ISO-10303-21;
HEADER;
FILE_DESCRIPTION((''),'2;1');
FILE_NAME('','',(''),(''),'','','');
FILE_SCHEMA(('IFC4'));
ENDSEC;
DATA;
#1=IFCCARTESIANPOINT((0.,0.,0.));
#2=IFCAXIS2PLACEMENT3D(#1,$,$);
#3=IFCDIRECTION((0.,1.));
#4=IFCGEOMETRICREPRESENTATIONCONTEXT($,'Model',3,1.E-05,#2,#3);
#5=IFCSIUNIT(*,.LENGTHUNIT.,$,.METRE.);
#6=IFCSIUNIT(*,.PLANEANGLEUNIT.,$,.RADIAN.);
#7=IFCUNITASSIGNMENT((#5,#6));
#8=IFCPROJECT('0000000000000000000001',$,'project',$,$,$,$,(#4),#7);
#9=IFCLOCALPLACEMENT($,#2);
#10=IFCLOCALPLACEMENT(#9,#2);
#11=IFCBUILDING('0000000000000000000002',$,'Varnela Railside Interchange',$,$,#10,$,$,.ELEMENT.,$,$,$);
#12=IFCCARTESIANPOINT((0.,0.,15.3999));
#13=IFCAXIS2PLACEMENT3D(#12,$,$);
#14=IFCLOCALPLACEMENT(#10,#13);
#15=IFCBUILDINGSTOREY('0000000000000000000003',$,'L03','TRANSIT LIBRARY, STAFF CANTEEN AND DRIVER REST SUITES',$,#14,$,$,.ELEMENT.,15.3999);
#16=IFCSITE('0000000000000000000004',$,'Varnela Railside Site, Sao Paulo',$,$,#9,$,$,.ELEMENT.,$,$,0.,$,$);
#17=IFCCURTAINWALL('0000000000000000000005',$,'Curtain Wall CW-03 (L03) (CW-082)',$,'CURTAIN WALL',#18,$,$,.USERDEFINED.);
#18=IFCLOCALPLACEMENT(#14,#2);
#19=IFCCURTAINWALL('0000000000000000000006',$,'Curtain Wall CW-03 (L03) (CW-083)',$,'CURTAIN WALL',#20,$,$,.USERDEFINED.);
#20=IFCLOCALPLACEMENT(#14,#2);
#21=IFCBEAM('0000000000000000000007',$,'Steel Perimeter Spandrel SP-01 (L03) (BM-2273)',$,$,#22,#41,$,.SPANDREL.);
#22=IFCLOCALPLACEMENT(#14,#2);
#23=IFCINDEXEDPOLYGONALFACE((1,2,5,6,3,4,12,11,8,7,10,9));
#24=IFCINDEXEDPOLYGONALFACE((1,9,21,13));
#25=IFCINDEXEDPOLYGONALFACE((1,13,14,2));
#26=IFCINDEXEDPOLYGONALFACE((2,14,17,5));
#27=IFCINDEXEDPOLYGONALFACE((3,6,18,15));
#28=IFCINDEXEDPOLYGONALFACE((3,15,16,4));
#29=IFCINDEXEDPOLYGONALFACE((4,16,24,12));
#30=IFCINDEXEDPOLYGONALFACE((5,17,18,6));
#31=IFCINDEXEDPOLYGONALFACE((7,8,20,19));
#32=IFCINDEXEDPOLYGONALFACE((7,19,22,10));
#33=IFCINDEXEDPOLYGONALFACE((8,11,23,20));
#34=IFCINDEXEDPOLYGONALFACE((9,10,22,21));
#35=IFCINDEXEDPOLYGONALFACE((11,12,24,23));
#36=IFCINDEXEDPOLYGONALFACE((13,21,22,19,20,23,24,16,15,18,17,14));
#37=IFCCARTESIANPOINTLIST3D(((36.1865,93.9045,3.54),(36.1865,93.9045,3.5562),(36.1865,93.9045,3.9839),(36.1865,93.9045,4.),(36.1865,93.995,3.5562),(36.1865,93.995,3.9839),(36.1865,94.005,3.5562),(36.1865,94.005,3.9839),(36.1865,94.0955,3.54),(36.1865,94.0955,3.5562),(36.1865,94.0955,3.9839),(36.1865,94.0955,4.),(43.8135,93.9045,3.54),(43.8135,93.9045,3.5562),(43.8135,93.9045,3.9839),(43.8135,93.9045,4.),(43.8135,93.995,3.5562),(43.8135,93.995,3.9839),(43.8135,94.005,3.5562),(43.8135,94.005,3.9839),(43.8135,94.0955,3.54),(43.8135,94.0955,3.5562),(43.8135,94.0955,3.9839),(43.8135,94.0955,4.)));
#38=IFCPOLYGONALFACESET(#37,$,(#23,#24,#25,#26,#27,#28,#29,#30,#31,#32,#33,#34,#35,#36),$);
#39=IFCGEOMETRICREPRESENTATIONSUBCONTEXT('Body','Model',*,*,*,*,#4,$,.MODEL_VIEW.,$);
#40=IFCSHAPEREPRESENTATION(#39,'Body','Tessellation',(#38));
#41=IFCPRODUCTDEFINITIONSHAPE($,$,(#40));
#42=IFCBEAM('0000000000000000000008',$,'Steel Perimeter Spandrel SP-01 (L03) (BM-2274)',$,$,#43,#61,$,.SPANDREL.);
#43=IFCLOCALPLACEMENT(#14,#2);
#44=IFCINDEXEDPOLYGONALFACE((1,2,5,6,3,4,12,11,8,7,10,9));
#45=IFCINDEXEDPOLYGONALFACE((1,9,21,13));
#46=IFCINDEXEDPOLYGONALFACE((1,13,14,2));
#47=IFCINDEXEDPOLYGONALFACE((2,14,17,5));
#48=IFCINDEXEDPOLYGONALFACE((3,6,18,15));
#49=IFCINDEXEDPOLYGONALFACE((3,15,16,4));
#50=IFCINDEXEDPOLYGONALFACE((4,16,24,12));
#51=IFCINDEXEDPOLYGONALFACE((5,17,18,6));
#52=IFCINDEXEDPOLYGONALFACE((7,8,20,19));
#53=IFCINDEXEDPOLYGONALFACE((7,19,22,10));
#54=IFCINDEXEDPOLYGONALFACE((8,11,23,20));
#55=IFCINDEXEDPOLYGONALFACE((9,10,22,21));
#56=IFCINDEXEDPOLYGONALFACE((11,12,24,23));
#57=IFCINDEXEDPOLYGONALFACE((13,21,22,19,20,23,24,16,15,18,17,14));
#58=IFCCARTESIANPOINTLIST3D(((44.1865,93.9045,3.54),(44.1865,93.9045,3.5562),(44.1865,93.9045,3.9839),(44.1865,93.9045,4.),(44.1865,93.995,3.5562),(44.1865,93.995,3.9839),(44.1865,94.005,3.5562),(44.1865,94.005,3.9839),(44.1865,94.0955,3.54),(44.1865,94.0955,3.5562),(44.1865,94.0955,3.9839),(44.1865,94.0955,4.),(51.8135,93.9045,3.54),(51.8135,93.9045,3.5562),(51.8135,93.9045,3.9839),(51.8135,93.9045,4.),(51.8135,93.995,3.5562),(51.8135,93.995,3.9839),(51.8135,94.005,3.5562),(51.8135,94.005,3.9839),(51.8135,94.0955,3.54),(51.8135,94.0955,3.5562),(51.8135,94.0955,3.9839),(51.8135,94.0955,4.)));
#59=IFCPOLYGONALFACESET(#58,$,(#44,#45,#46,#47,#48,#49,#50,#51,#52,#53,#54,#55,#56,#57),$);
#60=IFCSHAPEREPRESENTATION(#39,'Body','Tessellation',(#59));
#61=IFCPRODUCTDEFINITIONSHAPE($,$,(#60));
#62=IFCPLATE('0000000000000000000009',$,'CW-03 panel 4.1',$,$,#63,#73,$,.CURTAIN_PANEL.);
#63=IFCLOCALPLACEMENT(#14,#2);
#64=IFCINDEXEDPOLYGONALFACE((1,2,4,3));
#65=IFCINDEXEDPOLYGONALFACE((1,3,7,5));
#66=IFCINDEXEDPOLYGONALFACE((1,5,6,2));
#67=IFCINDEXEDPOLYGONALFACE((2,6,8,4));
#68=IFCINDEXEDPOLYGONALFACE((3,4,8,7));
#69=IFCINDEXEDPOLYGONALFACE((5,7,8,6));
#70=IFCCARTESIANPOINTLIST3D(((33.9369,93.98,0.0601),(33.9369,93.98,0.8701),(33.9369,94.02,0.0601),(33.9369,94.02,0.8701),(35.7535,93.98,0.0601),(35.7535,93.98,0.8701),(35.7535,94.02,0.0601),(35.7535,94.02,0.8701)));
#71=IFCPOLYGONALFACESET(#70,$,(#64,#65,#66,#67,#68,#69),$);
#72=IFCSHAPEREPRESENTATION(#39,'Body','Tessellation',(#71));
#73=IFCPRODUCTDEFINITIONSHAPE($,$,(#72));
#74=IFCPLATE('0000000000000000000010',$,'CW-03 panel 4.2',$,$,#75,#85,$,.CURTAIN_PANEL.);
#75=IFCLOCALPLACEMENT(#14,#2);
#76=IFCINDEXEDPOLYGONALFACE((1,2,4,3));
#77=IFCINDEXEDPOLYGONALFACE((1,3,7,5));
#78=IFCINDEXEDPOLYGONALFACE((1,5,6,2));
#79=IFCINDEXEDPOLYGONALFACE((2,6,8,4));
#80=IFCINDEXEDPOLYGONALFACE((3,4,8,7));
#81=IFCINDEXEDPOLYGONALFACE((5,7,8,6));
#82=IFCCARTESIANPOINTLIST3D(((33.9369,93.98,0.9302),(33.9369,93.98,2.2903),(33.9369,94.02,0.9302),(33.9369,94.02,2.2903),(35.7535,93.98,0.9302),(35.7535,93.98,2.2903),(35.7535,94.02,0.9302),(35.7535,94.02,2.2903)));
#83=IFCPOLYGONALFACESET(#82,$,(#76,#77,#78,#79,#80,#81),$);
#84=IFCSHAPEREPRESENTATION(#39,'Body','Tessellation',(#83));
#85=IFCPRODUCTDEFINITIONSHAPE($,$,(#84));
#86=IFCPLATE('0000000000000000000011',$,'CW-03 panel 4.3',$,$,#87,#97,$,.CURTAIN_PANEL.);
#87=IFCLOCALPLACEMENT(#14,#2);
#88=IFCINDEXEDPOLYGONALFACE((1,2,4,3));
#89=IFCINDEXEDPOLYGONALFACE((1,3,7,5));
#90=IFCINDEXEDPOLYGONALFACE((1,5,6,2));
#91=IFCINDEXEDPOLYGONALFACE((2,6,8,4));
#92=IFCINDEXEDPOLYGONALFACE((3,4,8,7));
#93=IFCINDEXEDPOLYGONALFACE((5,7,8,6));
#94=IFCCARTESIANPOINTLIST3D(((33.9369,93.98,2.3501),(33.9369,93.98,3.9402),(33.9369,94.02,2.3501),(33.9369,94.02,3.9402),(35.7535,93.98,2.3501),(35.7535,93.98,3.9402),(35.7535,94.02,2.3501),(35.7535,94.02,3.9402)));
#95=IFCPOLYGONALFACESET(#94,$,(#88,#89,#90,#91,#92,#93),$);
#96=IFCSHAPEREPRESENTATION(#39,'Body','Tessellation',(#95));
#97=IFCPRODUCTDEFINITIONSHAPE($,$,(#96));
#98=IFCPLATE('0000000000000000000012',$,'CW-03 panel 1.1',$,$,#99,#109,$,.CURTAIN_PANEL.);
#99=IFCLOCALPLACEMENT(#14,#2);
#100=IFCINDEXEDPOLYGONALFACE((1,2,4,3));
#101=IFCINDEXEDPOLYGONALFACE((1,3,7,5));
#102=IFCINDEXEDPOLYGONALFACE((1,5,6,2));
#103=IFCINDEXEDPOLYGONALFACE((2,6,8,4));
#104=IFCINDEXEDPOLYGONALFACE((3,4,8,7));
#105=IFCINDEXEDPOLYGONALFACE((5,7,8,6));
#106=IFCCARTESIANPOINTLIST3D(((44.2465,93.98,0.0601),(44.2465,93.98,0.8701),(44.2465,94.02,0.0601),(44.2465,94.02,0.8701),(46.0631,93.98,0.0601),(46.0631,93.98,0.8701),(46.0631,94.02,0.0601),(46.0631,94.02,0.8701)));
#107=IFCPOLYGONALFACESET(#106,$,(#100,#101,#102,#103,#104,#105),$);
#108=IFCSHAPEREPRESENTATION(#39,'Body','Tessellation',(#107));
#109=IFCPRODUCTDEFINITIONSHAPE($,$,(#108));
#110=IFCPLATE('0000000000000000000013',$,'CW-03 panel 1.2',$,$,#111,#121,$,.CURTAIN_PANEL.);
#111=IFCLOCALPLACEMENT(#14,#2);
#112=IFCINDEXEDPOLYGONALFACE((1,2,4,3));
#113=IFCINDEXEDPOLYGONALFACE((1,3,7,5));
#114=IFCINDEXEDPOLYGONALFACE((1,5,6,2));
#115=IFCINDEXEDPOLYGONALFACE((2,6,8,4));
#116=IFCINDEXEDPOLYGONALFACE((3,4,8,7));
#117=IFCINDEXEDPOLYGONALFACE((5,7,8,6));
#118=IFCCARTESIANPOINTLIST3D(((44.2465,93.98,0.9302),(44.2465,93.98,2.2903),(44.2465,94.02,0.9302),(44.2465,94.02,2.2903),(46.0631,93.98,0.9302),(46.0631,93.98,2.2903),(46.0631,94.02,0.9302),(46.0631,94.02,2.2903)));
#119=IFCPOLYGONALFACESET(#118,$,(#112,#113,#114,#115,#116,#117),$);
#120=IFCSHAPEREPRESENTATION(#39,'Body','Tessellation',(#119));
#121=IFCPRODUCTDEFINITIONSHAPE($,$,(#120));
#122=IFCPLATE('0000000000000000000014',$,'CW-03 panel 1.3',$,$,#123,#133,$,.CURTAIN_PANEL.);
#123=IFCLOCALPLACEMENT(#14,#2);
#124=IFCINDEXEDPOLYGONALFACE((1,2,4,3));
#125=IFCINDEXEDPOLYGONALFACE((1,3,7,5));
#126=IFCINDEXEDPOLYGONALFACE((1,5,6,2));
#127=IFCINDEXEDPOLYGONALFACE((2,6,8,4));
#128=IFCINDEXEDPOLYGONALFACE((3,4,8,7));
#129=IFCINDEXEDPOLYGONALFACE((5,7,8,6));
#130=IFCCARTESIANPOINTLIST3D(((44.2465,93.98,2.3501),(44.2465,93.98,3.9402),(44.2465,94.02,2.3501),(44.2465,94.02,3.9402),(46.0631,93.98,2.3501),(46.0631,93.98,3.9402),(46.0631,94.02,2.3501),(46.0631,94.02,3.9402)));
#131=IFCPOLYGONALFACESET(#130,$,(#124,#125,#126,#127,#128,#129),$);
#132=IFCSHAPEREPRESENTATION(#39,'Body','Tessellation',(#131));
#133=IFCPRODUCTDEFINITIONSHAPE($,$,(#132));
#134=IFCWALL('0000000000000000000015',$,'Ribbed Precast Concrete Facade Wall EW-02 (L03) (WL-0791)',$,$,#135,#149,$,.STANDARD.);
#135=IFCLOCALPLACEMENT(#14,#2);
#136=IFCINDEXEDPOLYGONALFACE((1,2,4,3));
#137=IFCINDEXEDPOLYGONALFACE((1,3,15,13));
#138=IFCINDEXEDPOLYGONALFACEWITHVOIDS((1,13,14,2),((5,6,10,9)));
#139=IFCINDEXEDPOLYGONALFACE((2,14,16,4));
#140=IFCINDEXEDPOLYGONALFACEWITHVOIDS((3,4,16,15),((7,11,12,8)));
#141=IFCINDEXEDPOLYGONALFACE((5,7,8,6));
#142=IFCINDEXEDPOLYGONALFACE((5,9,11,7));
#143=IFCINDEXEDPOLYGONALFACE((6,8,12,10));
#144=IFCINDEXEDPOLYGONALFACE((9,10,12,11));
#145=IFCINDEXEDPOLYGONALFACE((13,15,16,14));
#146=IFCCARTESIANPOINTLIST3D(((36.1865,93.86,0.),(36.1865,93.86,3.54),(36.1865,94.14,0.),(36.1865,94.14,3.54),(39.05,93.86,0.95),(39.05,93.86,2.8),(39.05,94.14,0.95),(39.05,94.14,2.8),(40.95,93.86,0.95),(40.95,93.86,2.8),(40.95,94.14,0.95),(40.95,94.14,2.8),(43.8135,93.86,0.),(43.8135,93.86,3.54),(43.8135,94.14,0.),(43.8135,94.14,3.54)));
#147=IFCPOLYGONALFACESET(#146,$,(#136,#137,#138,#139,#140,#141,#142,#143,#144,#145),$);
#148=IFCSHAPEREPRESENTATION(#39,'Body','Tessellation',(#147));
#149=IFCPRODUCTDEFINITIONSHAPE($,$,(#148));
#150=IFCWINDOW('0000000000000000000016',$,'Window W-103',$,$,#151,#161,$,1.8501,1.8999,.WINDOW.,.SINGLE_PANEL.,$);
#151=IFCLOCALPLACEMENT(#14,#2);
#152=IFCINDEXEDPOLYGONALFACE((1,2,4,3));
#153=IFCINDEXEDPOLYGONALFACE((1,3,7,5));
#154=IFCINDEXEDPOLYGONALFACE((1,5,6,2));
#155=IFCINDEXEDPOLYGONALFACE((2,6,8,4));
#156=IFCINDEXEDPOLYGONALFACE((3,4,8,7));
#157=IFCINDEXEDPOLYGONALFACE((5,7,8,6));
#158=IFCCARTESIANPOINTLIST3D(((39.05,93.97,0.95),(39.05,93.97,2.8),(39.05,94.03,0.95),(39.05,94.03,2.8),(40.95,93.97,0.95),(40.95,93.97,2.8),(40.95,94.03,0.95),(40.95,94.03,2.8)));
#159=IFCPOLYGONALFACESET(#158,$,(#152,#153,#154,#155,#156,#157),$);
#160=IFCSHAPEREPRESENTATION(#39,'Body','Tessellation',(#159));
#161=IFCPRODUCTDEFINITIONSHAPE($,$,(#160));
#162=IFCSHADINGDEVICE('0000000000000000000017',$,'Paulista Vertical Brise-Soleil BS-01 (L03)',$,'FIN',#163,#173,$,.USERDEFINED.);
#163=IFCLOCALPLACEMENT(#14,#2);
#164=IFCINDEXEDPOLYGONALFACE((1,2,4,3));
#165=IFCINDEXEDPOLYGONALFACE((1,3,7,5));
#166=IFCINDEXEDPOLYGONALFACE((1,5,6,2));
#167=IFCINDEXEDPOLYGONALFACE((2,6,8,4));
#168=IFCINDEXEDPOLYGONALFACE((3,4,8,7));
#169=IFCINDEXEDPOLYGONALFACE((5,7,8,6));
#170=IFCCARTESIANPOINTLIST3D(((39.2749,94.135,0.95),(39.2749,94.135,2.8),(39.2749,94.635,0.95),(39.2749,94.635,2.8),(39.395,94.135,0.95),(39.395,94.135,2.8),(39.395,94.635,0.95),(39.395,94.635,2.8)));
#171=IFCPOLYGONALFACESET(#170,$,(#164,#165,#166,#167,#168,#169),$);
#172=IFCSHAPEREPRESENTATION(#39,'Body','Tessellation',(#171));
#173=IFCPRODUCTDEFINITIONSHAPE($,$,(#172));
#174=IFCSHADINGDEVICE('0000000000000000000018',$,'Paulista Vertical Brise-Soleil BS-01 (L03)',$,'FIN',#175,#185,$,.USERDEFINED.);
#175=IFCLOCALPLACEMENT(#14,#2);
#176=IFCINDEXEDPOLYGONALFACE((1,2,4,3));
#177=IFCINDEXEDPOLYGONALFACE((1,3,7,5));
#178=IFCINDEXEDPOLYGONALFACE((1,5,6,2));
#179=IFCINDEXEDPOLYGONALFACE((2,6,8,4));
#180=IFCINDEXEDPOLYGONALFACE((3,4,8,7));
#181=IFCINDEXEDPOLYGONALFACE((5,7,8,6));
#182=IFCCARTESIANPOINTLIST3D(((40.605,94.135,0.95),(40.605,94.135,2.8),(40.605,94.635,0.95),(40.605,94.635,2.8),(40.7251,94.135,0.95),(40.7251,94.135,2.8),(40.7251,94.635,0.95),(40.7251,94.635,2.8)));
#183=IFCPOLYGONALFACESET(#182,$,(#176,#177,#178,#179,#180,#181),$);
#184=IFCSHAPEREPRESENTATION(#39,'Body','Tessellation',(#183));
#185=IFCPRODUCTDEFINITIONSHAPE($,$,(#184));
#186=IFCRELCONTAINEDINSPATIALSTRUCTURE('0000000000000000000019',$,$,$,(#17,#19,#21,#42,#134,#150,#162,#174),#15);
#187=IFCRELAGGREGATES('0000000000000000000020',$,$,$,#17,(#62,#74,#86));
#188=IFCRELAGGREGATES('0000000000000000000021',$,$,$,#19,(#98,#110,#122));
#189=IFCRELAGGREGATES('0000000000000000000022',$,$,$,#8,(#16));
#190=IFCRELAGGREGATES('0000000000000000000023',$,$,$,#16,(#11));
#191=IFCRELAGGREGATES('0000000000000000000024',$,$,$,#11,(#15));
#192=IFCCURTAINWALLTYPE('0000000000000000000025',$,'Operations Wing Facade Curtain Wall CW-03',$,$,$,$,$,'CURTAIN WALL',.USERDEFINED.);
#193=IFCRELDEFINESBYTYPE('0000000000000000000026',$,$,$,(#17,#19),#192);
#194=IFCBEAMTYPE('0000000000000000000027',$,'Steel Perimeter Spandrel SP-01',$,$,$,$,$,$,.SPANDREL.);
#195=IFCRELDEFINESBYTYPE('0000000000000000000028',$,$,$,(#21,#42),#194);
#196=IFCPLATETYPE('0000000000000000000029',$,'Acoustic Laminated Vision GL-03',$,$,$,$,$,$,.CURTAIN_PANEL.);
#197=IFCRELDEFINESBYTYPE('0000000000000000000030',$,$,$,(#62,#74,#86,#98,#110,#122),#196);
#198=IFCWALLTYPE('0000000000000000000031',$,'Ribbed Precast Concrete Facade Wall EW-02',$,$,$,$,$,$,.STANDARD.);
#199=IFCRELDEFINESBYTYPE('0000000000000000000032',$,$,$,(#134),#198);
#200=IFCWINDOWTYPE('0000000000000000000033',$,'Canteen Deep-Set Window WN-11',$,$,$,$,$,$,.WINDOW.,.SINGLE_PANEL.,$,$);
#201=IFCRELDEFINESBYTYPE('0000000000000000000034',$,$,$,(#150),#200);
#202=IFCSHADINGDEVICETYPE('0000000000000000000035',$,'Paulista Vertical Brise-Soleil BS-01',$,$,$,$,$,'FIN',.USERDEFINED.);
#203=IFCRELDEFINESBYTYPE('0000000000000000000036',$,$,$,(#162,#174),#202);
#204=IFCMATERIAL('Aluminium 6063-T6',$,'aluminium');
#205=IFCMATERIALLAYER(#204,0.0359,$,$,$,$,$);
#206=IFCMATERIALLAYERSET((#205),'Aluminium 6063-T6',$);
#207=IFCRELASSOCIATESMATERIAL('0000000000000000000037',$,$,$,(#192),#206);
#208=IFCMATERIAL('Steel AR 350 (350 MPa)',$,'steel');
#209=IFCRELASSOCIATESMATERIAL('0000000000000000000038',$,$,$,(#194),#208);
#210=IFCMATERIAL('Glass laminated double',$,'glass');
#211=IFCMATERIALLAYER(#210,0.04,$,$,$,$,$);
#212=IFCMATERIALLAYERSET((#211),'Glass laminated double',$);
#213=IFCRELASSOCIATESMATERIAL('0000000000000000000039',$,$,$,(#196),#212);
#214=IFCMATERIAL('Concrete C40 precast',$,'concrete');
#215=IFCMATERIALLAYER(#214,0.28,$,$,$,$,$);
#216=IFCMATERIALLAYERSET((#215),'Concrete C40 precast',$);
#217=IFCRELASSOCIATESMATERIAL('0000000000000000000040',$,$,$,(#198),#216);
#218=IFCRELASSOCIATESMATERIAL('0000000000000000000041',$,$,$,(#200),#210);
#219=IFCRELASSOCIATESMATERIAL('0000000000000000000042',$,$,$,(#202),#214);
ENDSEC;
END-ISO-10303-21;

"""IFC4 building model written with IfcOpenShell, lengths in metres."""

from ifc_helpers import new_model, si_unit, direction, frame, frame_2d, origin, origin_2d, place, context, subcontext, project, spatial, rectangle, i_section, extrude, material, layer, layer_set, material_profile, profile_set, type_object, element, fill, aggregate, save


model = new_model("IFC4")

# Units and contexts
model_context = context("Model", 3, precision=1e-05, world=origin(), true_north=direction((0.0, 1.0)))
body_context = subcontext(model_context, "Body", "Model", "MODEL_VIEW")
ifc_project = project(units=[si_unit("LENGTHUNIT", "METRE"), si_unit("PLANEANGLEUNIT", "RADIAN")], contexts=[model_context])

# Site, building, storey
site_placement = place(None, origin())
site = spatial("IfcSite", under=ifc_project, at=site_placement, Name="Varnela Railside Site, Sao Paulo", CompositionType="ELEMENT", RefElevation=0.0)
building_placement = place(site_placement, origin())
building = spatial("IfcBuilding", under=site, at=building_placement, Name="Varnela Railside Interchange", CompositionType="ELEMENT")
storey_placement = place(building_placement, frame((0.0, 0.0, 15.3999)))
storey = spatial("IfcBuildingStorey", under=building, at=storey_placement, Name="L03", Description="TRANSIT LIBRARY, STAFF CANTEEN AND DRIVER REST SUITES", CompositionType="ELEMENT", Elevation=15.3999)

# Shared definitions
ifc_material_1 = material(Name="Steel AR 350 (350 MPa)", Category="steel")

# Curtain walls
ifc_material_2 = material(Name="Aluminium 6063-T6", Category="aluminium")
ifc_layer_1 = layer(ifc_material_2, 0.0359)
ifc_layer_set_1 = layer_set([ifc_layer_1], Name="Aluminium 6063-T6")
curtain_wall_type = type_object("IfcCurtainWallType", Name="Operations Wing Facade Curtain Wall CW-03", ElementType="CURTAIN WALL", PredefinedType="USERDEFINED", material=ifc_layer_set_1)
curtain_wall_1_placement = place(storey_placement, origin())
curtain_wall_1 = element("IfcCurtainWall", 1, at=curtain_wall_1_placement, inside=storey, type_object=curtain_wall_type, Name="Curtain Wall CW-03 (L03) (CW-082)", ObjectType="CURTAIN WALL", PredefinedType="USERDEFINED")
curtain_wall_2_placement = place(storey_placement, origin())
curtain_wall_2 = element("IfcCurtainWall", 2, at=curtain_wall_2_placement, inside=storey, type_object=curtain_wall_type, Name="Curtain Wall CW-03 (L03) (CW-083)", ObjectType="CURTAIN WALL", PredefinedType="USERDEFINED")

# Beams
ifc_material_profile_1 = material_profile(ifc_material_1, i_section(OverallWidth=0.1909, OverallDepth=0.46, WebThickness=0.01, FlangeThickness=0.0161, at=origin_2d()), Name="W460x82")
ifc_profile_set_1 = profile_set([ifc_material_profile_1], Name="Steel AR 350 (350 MPa)")
beam_type = type_object("IfcBeamType", Name="Steel Perimeter Spandrel SP-01", PredefinedType="SPANDREL", material=ifc_profile_set_1)
for number, where, z_axis, x_axis, name in (
    (3, (36.1865, 94.0, 3.77), (1.0, 0.0, 0.0), (0.0, 1.0, 0.0), "Steel Perimeter Spandrel SP-01 (L03) (BM-2273)"),
    (4, (44.1865, 94.0, 3.77), (1.0, 0.0, 0.0), (0.0, 1.0, 0.0), "Steel Perimeter Spandrel SP-01 (L03) (BM-2274)"),
):
    element("IfcBeam", number, at=place(storey_placement, frame(where, z_axis=z_axis, x_axis=x_axis)), inside=storey, type_object=beam_type, Name=name, PredefinedType="SPANDREL", context=body_context, shape_type="SweptSolid", body=[
        extrude(i_section(OverallWidth=0.1909, OverallDepth=0.46, WebThickness=0.01, FlangeThickness=0.0161, at=origin_2d()), origin(), (0.0, 0.0, 1.0), 7.627),
    ])

# Plates
ifc_material_3 = material(Name="Glass laminated double", Category="glass")
ifc_layer_2 = layer(ifc_material_3, 0.04)
ifc_layer_set_2 = layer_set([ifc_layer_2], Name="Glass laminated double")
plate_type = type_object("IfcPlateType", Name="Acoustic Laminated Vision GL-03", PredefinedType="CURTAIN_PANEL", material=ifc_layer_set_2)
plate_1_placement = place(storey_placement, frame((34.8452, 94.0, 0.0601), z_axis=(0.0, 0.0, 1.0), x_axis=(1.0, 0.0, 0.0)))
plate_1 = element("IfcPlate", 5, at=plate_1_placement, type_object=plate_type, Name="CW-03 panel 4.1", PredefinedType="CURTAIN_PANEL", context=body_context, shape_type="SweptSolid", body=[
    extrude(rectangle(XDim=1.8167, YDim=0.04, at=origin_2d()), origin(), (0.0, 0.0, 1.0), 0.8101),
])
plate_2_placement = place(storey_placement, frame((34.8452, 94.0, 0.9302), z_axis=(0.0, 0.0, 1.0), x_axis=(1.0, 0.0, 0.0)))
plate_2 = element("IfcPlate", 6, at=plate_2_placement, type_object=plate_type, Name="CW-03 panel 4.2", PredefinedType="CURTAIN_PANEL", context=body_context, shape_type="SweptSolid", body=[
    extrude(rectangle(XDim=1.8167, YDim=0.04, at=origin_2d()), origin(), (0.0, 0.0, 1.0), 1.3601),
])
plate_3_placement = place(storey_placement, frame((34.8452, 94.0, 2.3501), z_axis=(0.0, 0.0, 1.0), x_axis=(1.0, 0.0, 0.0)))
plate_3 = element("IfcPlate", 7, at=plate_3_placement, type_object=plate_type, Name="CW-03 panel 4.3", PredefinedType="CURTAIN_PANEL", context=body_context, shape_type="SweptSolid", body=[
    extrude(rectangle(XDim=1.8167, YDim=0.04, at=origin_2d()), origin(), (0.0, 0.0, 1.0), 1.5901),
])
aggregate(curtain_wall_1, [plate_1, plate_2, plate_3])
plate_4_placement = place(storey_placement, frame((45.1548, 94.0, 0.0601), z_axis=(0.0, 0.0, 1.0), x_axis=(1.0, 0.0, 0.0)))
plate_4 = element("IfcPlate", 8, at=plate_4_placement, type_object=plate_type, Name="CW-03 panel 1.1", PredefinedType="CURTAIN_PANEL", context=body_context, shape_type="SweptSolid", body=[
    extrude(rectangle(XDim=1.8167, YDim=0.04, at=origin_2d()), origin(), (0.0, 0.0, 1.0), 0.8101),
])
plate_5_placement = place(storey_placement, frame((45.1548, 94.0, 0.9302), z_axis=(0.0, 0.0, 1.0), x_axis=(1.0, 0.0, 0.0)))
plate_5 = element("IfcPlate", 9, at=plate_5_placement, type_object=plate_type, Name="CW-03 panel 1.2", PredefinedType="CURTAIN_PANEL", context=body_context, shape_type="SweptSolid", body=[
    extrude(rectangle(XDim=1.8167, YDim=0.04, at=origin_2d()), origin(), (0.0, 0.0, 1.0), 1.3601),
])
plate_6_placement = place(storey_placement, frame((45.1548, 94.0, 2.3501), z_axis=(0.0, 0.0, 1.0), x_axis=(1.0, 0.0, 0.0)))
plate_6 = element("IfcPlate", 10, at=plate_6_placement, type_object=plate_type, Name="CW-03 panel 1.3", PredefinedType="CURTAIN_PANEL", context=body_context, shape_type="SweptSolid", body=[
    extrude(rectangle(XDim=1.8167, YDim=0.04, at=origin_2d()), origin(), (0.0, 0.0, 1.0), 1.5901),
])
aggregate(curtain_wall_2, [plate_4, plate_5, plate_6])

# Wall, opening, window
ifc_material_4 = material(Name="Concrete C40 precast", Category="concrete")
ifc_layer_3 = layer(ifc_material_4, 0.28)
ifc_layer_set_3 = layer_set([ifc_layer_3], Name="Concrete C40 precast")
wall_type = type_object("IfcWallType", Name="Ribbed Precast Concrete Facade Wall EW-02", PredefinedType="STANDARD", material=ifc_layer_set_3)
wall_placement = place(storey_placement, frame((36.1865, 94.0, 0.0), z_axis=(0.0, 0.0, 1.0), x_axis=(1.0, 0.0, 0.0)))
wall = element("IfcWall", 11, at=wall_placement, inside=storey, type_object=wall_type, Name="Ribbed Precast Concrete Facade Wall EW-02 (L03) (WL-0791)", PredefinedType="STANDARD", context=body_context, shape_type="SweptSolid", body=[
    extrude(rectangle(XDim=7.627, YDim=0.28, at=frame_2d((3.8135, 0.0))), origin(), (0.0, 0.0, 1.0), 3.54),
])
opening_placement = place(wall_placement, frame((2.8635, 0.0, 0.95)))
opening = element("IfcOpeningElement", 12, at=opening_placement, cuts=wall, PredefinedType="OPENING", context=body_context, shape_type="SweptSolid", body=[
    extrude(rectangle(XDim=1.8999, YDim=1.8501, at=frame_2d((0.95, 0.925))), frame((0.0, 0.1499, 0.0), z_axis=(0.0, -1.0, 0.0), x_axis=(1.0, 0.0, 0.0)), (0.0, 0.0, 1.0), 0.3),
])
window_type = type_object("IfcWindowType", Name="Canteen Deep-Set Window WN-11", PartitioningType="SINGLE_PANEL", PredefinedType="WINDOW", material=ifc_material_3)
window_placement = place(opening_placement, origin())
window = element("IfcWindow", 13, at=window_placement, inside=storey, type_object=window_type, Name="Window W-103", OverallHeight=1.8501, OverallWidth=1.8999, PartitioningType="SINGLE_PANEL", PredefinedType="WINDOW", context=body_context, shape_type="SweptSolid", body=[
    extrude(rectangle(XDim=1.8999, YDim=1.8501, at=frame_2d((0.95, 0.925))), frame((0.0, 0.03, 0.0), z_axis=(0.0, -1.0, 0.0), x_axis=(1.0, 0.0, 0.0)), (0.0, 0.0, 1.0), 0.0601),
])
fill(opening, window)

# Shading devices
shading_device_type = type_object("IfcShadingDeviceType", Name="Paulista Vertical Brise-Soleil BS-01", ElementType="FIN", PredefinedType="USERDEFINED", material=ifc_material_4)
for number, where, z_axis, x_axis, name in (
    (14, (39.335, 94.385, 0.95), (0.0, 0.0, 1.0), (0.0, 1.0, 0.0), "Paulista Vertical Brise-Soleil BS-01 (L03)"),
    (15, (40.665, 94.385, 0.95), (0.0, 0.0, 1.0), (0.0, 1.0, 0.0), "Paulista Vertical Brise-Soleil BS-01 (L03)"),
):
    element("IfcShadingDevice", number, at=place(storey_placement, frame(where, z_axis=z_axis, x_axis=x_axis)), inside=storey, type_object=shading_device_type, Name=name, ObjectType="FIN", PredefinedType="USERDEFINED", context=body_context, shape_type="SweptSolid", body=[
        extrude(rectangle(XDim=0.5, YDim=0.1201, at=origin_2d()), origin(), (0.0, 0.0, 1.0), 1.8501),
    ])

save(model, "model.ifc")
